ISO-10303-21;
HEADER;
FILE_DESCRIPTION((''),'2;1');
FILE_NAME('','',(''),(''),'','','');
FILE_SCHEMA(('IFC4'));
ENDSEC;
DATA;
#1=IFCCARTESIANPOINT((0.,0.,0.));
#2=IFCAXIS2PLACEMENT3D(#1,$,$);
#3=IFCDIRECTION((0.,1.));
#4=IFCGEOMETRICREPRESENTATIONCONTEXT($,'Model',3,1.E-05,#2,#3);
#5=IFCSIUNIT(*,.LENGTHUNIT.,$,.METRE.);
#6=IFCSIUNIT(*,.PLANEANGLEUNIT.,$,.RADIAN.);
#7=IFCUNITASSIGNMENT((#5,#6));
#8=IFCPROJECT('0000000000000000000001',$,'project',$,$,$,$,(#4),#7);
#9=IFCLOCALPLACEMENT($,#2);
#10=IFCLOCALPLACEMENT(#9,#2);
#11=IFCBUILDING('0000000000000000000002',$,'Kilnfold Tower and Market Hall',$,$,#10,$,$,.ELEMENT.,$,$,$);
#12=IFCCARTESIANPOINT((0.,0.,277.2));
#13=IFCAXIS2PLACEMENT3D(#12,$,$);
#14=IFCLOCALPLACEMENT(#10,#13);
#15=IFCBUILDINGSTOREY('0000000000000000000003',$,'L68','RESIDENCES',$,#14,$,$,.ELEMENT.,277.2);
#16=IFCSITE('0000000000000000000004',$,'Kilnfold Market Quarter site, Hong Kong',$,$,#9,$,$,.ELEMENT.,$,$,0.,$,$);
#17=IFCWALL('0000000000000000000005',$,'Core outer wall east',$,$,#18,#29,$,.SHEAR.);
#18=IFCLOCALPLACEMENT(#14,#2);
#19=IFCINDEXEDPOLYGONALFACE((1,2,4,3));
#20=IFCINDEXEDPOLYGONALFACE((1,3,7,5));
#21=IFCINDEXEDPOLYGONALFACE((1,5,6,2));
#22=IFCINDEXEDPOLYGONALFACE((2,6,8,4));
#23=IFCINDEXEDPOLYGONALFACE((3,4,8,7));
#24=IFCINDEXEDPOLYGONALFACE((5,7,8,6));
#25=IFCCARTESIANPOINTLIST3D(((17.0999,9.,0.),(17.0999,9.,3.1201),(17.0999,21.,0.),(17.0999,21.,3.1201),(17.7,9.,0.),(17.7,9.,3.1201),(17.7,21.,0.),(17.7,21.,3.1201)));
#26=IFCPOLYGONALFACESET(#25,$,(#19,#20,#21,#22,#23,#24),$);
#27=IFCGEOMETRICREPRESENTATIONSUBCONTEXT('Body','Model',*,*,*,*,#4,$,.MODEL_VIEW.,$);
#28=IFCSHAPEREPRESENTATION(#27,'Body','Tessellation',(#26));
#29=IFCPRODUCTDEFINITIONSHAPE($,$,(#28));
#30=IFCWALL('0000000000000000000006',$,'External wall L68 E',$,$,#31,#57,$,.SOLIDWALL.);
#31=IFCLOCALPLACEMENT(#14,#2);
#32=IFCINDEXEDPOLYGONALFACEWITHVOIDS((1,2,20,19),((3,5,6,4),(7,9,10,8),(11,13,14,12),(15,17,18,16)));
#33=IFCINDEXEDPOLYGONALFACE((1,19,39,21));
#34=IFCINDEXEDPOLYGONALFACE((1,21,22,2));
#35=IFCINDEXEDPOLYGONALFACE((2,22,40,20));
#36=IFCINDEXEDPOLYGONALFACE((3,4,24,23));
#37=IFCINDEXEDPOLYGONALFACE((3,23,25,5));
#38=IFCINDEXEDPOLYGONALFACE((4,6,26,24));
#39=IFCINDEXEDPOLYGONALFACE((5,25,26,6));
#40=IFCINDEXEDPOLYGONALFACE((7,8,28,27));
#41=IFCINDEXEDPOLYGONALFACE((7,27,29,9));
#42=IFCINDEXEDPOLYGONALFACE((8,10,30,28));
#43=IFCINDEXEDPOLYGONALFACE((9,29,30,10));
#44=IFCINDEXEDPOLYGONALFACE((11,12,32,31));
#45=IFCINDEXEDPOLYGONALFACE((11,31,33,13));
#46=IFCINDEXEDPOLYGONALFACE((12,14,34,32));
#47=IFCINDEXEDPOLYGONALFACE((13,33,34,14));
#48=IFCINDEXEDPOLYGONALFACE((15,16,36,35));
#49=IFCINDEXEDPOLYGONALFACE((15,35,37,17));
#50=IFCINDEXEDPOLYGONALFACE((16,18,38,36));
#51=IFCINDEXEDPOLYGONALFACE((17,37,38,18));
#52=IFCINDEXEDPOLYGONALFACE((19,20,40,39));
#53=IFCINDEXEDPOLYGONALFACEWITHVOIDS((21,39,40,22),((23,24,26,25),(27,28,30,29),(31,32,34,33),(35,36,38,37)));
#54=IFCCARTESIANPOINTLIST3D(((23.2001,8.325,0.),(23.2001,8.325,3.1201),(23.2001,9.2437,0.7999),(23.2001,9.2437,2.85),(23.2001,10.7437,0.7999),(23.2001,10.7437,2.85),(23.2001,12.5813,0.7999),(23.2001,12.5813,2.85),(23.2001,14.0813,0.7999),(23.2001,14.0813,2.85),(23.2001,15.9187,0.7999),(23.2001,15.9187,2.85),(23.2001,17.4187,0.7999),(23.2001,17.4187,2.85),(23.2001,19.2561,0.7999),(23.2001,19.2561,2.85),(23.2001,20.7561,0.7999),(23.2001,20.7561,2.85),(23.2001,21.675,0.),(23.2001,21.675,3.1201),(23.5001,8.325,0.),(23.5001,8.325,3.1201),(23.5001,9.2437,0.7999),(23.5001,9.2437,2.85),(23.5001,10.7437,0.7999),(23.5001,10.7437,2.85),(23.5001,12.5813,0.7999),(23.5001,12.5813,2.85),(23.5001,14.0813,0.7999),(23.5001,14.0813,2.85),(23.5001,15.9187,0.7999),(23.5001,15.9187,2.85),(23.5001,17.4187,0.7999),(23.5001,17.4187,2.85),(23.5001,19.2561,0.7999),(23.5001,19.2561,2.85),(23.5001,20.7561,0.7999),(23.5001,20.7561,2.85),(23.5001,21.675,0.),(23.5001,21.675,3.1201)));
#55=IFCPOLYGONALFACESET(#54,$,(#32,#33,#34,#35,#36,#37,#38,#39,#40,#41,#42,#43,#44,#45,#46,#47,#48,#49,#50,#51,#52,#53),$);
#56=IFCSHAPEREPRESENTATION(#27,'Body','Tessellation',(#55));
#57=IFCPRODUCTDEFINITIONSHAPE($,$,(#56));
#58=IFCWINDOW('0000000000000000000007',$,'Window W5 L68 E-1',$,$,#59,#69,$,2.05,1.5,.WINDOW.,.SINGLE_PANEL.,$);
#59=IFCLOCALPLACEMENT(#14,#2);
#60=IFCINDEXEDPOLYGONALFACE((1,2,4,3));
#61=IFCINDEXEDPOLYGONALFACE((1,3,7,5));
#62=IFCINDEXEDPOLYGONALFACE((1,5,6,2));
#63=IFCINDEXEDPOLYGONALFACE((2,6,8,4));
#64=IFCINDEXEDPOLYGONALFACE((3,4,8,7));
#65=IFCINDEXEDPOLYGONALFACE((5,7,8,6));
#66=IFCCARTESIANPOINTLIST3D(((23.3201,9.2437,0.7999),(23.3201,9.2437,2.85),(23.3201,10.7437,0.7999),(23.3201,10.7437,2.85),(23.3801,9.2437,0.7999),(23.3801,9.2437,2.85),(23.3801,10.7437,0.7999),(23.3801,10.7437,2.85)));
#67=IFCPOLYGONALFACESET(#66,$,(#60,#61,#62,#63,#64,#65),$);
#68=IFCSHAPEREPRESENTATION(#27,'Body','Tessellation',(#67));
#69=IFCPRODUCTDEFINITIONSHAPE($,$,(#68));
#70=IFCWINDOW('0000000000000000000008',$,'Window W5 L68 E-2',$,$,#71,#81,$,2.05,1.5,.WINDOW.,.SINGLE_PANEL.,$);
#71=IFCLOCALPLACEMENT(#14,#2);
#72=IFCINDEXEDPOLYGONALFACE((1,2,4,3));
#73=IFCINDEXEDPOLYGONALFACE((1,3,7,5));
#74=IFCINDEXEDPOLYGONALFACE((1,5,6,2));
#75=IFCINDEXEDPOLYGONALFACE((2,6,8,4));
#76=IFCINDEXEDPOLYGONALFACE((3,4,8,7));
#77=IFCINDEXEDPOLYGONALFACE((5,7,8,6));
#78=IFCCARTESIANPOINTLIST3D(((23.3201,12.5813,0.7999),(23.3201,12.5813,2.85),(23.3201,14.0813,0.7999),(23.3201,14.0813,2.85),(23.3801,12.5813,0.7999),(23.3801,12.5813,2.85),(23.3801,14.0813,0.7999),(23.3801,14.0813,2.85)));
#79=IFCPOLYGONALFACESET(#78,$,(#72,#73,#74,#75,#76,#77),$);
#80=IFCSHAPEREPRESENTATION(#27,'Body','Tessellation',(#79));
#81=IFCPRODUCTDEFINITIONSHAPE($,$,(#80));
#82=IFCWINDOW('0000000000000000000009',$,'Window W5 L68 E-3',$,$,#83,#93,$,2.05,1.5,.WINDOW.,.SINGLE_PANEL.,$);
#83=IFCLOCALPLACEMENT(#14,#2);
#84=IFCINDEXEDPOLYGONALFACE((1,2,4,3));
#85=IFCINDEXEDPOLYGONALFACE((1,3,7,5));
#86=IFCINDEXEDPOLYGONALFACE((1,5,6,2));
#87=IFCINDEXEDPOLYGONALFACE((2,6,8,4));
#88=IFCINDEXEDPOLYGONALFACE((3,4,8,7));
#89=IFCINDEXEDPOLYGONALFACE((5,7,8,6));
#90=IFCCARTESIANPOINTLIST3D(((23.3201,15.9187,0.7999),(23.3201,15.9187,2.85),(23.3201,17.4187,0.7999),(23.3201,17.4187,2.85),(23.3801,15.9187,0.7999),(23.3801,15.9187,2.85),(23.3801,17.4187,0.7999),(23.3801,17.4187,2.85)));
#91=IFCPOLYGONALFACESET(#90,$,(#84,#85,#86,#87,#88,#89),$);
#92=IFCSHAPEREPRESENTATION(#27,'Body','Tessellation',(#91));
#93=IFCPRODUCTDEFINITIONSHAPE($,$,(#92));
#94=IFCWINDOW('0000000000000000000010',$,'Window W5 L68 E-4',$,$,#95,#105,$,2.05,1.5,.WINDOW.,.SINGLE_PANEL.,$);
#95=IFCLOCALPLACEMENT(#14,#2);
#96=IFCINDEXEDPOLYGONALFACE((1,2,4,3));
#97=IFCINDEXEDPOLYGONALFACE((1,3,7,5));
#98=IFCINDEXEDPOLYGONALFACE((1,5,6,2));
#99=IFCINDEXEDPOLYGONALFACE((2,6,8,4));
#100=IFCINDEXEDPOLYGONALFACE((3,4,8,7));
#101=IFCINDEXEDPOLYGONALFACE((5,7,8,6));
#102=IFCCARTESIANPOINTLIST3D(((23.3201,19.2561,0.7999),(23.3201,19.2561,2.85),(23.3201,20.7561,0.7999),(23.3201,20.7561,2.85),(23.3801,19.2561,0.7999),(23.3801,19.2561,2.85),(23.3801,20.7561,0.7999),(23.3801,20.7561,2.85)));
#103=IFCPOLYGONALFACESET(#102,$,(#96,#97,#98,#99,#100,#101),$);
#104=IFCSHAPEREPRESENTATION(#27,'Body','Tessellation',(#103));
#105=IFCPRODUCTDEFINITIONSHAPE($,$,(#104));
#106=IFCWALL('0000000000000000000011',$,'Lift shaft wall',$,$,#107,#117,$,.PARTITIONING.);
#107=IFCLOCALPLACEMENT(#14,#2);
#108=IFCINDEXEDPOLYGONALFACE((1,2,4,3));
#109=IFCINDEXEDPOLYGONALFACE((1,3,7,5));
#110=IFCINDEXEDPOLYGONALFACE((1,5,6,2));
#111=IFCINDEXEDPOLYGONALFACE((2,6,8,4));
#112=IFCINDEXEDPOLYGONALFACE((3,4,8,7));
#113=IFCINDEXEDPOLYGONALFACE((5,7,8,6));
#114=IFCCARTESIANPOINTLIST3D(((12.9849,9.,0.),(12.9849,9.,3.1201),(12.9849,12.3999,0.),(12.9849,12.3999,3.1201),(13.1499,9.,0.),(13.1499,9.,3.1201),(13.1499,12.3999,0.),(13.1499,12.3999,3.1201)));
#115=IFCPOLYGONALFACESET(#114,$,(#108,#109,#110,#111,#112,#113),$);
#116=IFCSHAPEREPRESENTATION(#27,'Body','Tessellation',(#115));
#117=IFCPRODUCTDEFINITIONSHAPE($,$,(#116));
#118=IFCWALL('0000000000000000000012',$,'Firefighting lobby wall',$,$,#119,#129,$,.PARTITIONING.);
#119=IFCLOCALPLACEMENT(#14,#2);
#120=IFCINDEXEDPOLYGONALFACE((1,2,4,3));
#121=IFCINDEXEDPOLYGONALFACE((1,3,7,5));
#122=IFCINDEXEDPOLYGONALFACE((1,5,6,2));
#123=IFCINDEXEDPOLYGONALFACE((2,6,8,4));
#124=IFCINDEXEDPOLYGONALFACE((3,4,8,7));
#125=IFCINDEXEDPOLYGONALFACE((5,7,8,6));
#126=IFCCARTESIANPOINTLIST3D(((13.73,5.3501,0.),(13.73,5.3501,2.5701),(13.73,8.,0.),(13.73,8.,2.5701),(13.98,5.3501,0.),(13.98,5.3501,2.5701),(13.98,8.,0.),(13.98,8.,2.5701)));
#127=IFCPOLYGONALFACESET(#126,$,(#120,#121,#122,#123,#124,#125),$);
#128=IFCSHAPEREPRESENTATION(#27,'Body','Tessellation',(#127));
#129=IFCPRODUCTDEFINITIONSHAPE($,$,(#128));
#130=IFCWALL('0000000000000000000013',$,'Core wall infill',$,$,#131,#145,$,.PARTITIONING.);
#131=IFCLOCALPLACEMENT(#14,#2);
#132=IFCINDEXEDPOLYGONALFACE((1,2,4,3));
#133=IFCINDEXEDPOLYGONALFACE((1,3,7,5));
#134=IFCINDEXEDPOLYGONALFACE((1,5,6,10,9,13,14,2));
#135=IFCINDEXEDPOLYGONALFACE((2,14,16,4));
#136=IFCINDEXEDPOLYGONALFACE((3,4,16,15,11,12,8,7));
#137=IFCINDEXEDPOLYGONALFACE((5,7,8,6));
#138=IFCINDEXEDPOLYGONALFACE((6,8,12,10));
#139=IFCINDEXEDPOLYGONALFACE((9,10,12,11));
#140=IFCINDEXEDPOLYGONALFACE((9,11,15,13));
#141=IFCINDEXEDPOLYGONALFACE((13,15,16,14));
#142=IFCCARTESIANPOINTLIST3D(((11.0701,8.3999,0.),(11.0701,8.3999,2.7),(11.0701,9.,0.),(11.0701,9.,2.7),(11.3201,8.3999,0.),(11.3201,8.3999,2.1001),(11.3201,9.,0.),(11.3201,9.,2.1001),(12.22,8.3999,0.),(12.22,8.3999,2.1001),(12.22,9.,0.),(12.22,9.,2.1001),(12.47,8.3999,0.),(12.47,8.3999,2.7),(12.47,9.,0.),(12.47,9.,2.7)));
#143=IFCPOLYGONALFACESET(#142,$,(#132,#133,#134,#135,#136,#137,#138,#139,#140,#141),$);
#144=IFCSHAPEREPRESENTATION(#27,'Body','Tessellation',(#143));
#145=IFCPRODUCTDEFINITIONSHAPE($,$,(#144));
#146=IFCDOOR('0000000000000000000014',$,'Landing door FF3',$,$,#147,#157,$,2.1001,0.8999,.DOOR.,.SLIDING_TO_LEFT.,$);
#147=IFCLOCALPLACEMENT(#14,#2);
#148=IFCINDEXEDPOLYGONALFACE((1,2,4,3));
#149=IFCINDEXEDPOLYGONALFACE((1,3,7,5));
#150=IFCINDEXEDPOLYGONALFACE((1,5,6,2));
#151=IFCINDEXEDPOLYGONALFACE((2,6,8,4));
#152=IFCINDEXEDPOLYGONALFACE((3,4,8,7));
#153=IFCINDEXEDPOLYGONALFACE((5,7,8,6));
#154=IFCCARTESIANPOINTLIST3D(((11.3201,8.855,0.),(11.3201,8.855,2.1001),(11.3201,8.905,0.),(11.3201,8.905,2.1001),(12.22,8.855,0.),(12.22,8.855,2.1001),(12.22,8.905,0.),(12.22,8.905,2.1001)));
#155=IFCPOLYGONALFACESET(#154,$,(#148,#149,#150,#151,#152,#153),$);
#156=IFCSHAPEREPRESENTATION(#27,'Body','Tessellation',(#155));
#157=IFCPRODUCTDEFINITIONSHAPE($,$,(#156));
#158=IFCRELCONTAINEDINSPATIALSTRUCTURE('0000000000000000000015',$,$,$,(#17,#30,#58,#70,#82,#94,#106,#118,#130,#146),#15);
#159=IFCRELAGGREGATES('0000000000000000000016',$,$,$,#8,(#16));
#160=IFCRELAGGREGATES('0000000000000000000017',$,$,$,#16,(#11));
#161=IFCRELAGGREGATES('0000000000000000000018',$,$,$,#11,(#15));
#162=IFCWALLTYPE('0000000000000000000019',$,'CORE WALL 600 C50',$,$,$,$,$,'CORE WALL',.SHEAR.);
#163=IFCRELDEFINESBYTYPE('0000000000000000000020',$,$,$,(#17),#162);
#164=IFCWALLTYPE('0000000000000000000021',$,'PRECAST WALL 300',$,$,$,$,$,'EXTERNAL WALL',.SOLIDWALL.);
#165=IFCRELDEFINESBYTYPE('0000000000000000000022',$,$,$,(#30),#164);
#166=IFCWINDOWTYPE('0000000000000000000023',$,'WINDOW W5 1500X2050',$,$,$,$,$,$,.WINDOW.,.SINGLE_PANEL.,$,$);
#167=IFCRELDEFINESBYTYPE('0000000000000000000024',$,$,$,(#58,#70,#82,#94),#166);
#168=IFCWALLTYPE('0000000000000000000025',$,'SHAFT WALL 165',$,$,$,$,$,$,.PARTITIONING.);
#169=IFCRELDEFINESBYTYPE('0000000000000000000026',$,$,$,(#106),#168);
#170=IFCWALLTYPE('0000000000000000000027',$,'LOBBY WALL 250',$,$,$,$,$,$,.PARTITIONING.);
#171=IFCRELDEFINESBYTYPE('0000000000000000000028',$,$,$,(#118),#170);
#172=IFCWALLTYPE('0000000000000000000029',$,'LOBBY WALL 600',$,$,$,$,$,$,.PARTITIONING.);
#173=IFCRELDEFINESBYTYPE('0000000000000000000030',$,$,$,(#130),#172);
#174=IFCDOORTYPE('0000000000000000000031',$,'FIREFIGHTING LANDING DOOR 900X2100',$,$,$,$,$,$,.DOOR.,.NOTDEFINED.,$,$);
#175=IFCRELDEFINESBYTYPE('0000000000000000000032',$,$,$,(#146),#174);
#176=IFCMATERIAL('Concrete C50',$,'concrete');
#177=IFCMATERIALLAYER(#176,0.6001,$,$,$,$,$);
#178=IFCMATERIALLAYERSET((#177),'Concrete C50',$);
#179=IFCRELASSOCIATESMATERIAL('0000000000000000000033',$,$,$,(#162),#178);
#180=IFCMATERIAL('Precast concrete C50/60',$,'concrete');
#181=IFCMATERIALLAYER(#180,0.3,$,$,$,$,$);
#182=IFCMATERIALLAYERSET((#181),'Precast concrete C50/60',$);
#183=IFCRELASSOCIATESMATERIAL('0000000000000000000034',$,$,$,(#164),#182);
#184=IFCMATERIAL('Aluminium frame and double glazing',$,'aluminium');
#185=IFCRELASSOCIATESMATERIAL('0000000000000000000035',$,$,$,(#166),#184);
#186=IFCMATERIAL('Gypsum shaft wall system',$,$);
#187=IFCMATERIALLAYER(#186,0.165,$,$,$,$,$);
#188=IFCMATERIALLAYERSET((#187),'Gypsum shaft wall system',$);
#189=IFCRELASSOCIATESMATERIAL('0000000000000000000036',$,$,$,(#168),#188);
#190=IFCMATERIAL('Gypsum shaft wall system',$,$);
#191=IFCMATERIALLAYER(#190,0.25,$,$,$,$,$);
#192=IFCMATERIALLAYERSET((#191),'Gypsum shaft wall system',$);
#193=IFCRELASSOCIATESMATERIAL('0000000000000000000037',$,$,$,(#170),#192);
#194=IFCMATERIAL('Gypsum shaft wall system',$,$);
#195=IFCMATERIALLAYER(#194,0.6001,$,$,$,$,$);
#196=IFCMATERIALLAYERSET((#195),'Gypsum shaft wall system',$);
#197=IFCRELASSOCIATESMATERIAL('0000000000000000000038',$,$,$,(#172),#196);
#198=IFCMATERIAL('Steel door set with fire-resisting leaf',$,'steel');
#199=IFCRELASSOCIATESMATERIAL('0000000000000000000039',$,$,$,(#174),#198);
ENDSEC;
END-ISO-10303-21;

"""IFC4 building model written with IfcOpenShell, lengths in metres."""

from ifc_helpers import new_model, si_unit, direction, frame, frame_2d, origin, place, context, subcontext, project, spatial, rectangle, extrude, source, transform, mapped, material, layer, layer_set, type_object, element, fill, save


model = new_model("IFC4")

# Units and contexts
model_context = context("Model", 3, precision=1e-05, world=origin(), true_north=direction((0.0, 1.0)))
body_context = subcontext(model_context, "Body", "Model", "MODEL_VIEW")
ifc_project = project(units=[si_unit("LENGTHUNIT", "METRE"), si_unit("PLANEANGLEUNIT", "RADIAN")], contexts=[model_context])

# Site, building, storey
site_placement = place(None, origin())
site = spatial("IfcSite", under=ifc_project, at=site_placement, Name="Kilnfold Market Quarter site, Hong Kong", CompositionType="ELEMENT", RefElevation=0.0)
building_placement = place(site_placement, origin())
building = spatial("IfcBuilding", under=site, at=building_placement, Name="Kilnfold Tower and Market Hall", CompositionType="ELEMENT")
storey_placement = place(building_placement, frame((0.0, 0.0, 277.2)))
storey = spatial("IfcBuildingStorey", under=building, at=storey_placement, Name="L68", Description="RESIDENCES", CompositionType="ELEMENT", Elevation=277.2)

# Shared definitions
ifc_material_1 = material(Name="Concrete C50", Category="concrete")
ifc_layer_1 = layer(ifc_material_1, 0.6001)
ifc_layer_set_1 = layer_set([ifc_layer_1], Name="Concrete C50")
wall_type_1 = type_object("IfcWallType", Name="CORE WALL 600 C50", ElementType="CORE WALL", PredefinedType="SHEAR", material=ifc_layer_set_1)

# Wall
shared_shape_1 = source(origin(), body_context, "Body", "SweptSolid", [
    extrude(rectangle(XDim=12.0, YDim=0.6001, at=frame_2d((6.0, 0.0))), origin(), (0.0, 0.0, 1.0), 3.1201),
])
wall_1_placement = place(storey_placement, frame((17.3999, 9.0, 0.0), z_axis=(0.0, 0.0, 1.0), x_axis=(0.0, 1.0, 0.0)))
element("IfcWall", 1, at=wall_1_placement, inside=storey, type_object=wall_type_1, Name="Core outer wall east", PredefinedType="SHEAR", context=body_context, shape_type="MappedRepresentation", body=[
    mapped(shared_shape_1, transform((0.0, 0.0, 0.0))),
])

# Wall, openings, windows
ifc_material_2 = material(Name="Precast concrete C50/60", Category="concrete")
ifc_layer_2 = layer(ifc_material_2, 0.3)
ifc_layer_set_2 = layer_set([ifc_layer_2], Name="Precast concrete C50/60")
wall_type_2 = type_object("IfcWallType", Name="PRECAST WALL 300", ElementType="EXTERNAL WALL", PredefinedType="SOLIDWALL", material=ifc_layer_set_2)
shared_shape_2 = source(origin(), body_context, "Body", "SweptSolid", [
    extrude(rectangle(XDim=13.3501, YDim=0.3, at=frame_2d((6.675, 0.0))), origin(), (0.0, 0.0, 1.0), 3.1201),
])
wall_2_placement = place(storey_placement, frame((23.3501, 8.325, 0.0), z_axis=(0.0, 0.0, 1.0), x_axis=(0.0, 1.0, 0.0)))
wall_2 = element("IfcWall", 2, at=wall_2_placement, inside=storey, type_object=wall_type_2, Name="External wall L68 E", PredefinedType="SOLIDWALL", context=body_context, shape_type="MappedRepresentation", body=[
    mapped(shared_shape_2, transform((0.0, 0.0, 0.0))),
])
opening_1_placement = place(wall_2_placement, frame((0.9187, 0.0, 0.8)))
opening_1 = element("IfcOpeningElement", 3, at=opening_1_placement, cuts=wall_2, PredefinedType="OPENING", context=body_context, shape_type="SweptSolid", body=[
    extrude(rectangle(XDim=1.5, YDim=2.05, at=frame_2d((0.75, 1.0249))), frame((0.0, 0.1602, 0.0), z_axis=(0.0, -1.0, 0.0), x_axis=(1.0, 0.0, 0.0)), (0.0, 0.0, 1.0), 0.3201),
])
opening_2_placement = place(wall_2_placement, frame((4.2563, 0.0, 0.8)))
opening_2 = element("IfcOpeningElement", 4, at=opening_2_placement, cuts=wall_2, PredefinedType="OPENING", context=body_context, shape_type="SweptSolid", body=[
    extrude(rectangle(XDim=1.5, YDim=2.05, at=frame_2d((0.75, 1.0249))), frame((0.0, 0.1602, 0.0), z_axis=(0.0, -1.0, 0.0), x_axis=(1.0, 0.0, 0.0)), (0.0, 0.0, 1.0), 0.3201),
])
opening_3_placement = place(wall_2_placement, frame((7.5938, 0.0, 0.8)))
opening_3 = element("IfcOpeningElement", 5, at=opening_3_placement, cuts=wall_2, PredefinedType="OPENING", context=body_context, shape_type="SweptSolid", body=[
    extrude(rectangle(XDim=1.5, YDim=2.05, at=frame_2d((0.75, 1.0249))), frame((0.0, 0.1602, 0.0), z_axis=(0.0, -1.0, 0.0), x_axis=(1.0, 0.0, 0.0)), (0.0, 0.0, 1.0), 0.3201),
])
opening_4_placement = place(wall_2_placement, frame((10.9312, 0.0, 0.8)))
opening_4 = element("IfcOpeningElement", 6, at=opening_4_placement, cuts=wall_2, PredefinedType="OPENING", context=body_context, shape_type="SweptSolid", body=[
    extrude(rectangle(XDim=1.5, YDim=2.05, at=frame_2d((0.75, 1.0249))), frame((0.0, 0.1602, 0.0), z_axis=(0.0, -1.0, 0.0), x_axis=(1.0, 0.0, 0.0)), (0.0, 0.0, 1.0), 0.3201),
])
ifc_material_3 = material(Name="Aluminium frame and double glazing", Category="aluminium")
window_type = type_object("IfcWindowType", Name="WINDOW W5 1500X2050", PartitioningType="SINGLE_PANEL", PredefinedType="WINDOW", material=ifc_material_3)
window_1_placement = place(opening_1_placement, origin())
window_1 = element("IfcWindow", 7, at=window_1_placement, inside=storey, type_object=window_type, Name="Window W5 L68 E-1", OverallHeight=2.05, OverallWidth=1.5, PartitioningType="SINGLE_PANEL", PredefinedType="WINDOW", context=body_context, shape_type="SweptSolid", body=[
    extrude(rectangle(XDim=1.5, YDim=2.05, at=frame_2d((0.75, 1.0249))), frame((0.0, 0.03, 0.0), z_axis=(0.0, -1.0, 0.0), x_axis=(1.0, 0.0, 0.0)), (0.0, 0.0, 1.0), 0.0601),
])
fill(opening_1, window_1)
window_2_placement = place(opening_2_placement, origin())
window_2 = element("IfcWindow", 8, at=window_2_placement, inside=storey, type_object=window_type, Name="Window W5 L68 E-2", OverallHeight=2.05, OverallWidth=1.5, PartitioningType="SINGLE_PANEL", PredefinedType="WINDOW", context=body_context, shape_type="SweptSolid", body=[
    extrude(rectangle(XDim=1.5, YDim=2.05, at=frame_2d((0.75, 1.0249))), frame((0.0, 0.03, 0.0), z_axis=(0.0, -1.0, 0.0), x_axis=(1.0, 0.0, 0.0)), (0.0, 0.0, 1.0), 0.0601),
])
fill(opening_2, window_2)
window_3_placement = place(opening_3_placement, origin())
window_3 = element("IfcWindow", 9, at=window_3_placement, inside=storey, type_object=window_type, Name="Window W5 L68 E-3", OverallHeight=2.05, OverallWidth=1.5, PartitioningType="SINGLE_PANEL", PredefinedType="WINDOW", context=body_context, shape_type="SweptSolid", body=[
    extrude(rectangle(XDim=1.5, YDim=2.05, at=frame_2d((0.75, 1.0249))), frame((0.0, 0.03, 0.0), z_axis=(0.0, -1.0, 0.0), x_axis=(1.0, 0.0, 0.0)), (0.0, 0.0, 1.0), 0.0601),
])
fill(opening_3, window_3)
window_4_placement = place(opening_4_placement, origin())
window_4 = element("IfcWindow", 10, at=window_4_placement, inside=storey, type_object=window_type, Name="Window W5 L68 E-4", OverallHeight=2.05, OverallWidth=1.5, PartitioningType="SINGLE_PANEL", PredefinedType="WINDOW", context=body_context, shape_type="SweptSolid", body=[
    extrude(rectangle(XDim=1.5, YDim=2.05, at=frame_2d((0.75, 1.0249))), frame((0.0, 0.03, 0.0), z_axis=(0.0, -1.0, 0.0), x_axis=(1.0, 0.0, 0.0)), (0.0, 0.0, 1.0), 0.0601),
])
fill(opening_4, window_4)

# Walls
ifc_material_4 = material(Name="Gypsum shaft wall system")
ifc_layer_3 = layer(ifc_material_4, 0.165)
ifc_layer_set_3 = layer_set([ifc_layer_3], Name="Gypsum shaft wall system")
wall_type_3 = type_object("IfcWallType", Name="SHAFT WALL 165", PredefinedType="PARTITIONING", material=ifc_layer_set_3)
shared_shape_3 = source(origin(), body_context, "Body", "SweptSolid", [
    extrude(rectangle(XDim=3.3999, YDim=0.165, at=frame_2d((1.7, 0.0))), origin(), (0.0, 0.0, 1.0), 3.1201),
])
wall_3_placement = place(storey_placement, frame((13.0674, 9.0, 0.0), z_axis=(0.0, 0.0, 1.0), x_axis=(0.0, 1.0, 0.0)))
element("IfcWall", 11, at=wall_3_placement, inside=storey, type_object=wall_type_3, Name="Lift shaft wall", PredefinedType="PARTITIONING", context=body_context, shape_type="MappedRepresentation", body=[
    mapped(shared_shape_3, transform((0.0, 0.0, 0.0))),
])
ifc_material_5 = material(Name="Gypsum shaft wall system")
ifc_layer_4 = layer(ifc_material_5, 0.25)
ifc_layer_set_4 = layer_set([ifc_layer_4], Name="Gypsum shaft wall system")
wall_type_4 = type_object("IfcWallType", Name="LOBBY WALL 250", PredefinedType="PARTITIONING", material=ifc_layer_set_4)
shared_shape_4 = source(origin(), body_context, "Body", "SweptSolid", [
    extrude(rectangle(XDim=2.6499, YDim=0.25, at=frame_2d((1.325, 0.0))), origin(), (0.0, 0.0, 1.0), 2.5701),
])
wall_4_placement = place(storey_placement, frame((13.855, 5.3501, 0.0), z_axis=(0.0, 0.0, 1.0), x_axis=(0.0, 1.0, 0.0)))
element("IfcWall", 12, at=wall_4_placement, inside=storey, type_object=wall_type_4, Name="Firefighting lobby wall", PredefinedType="PARTITIONING", context=body_context, shape_type="MappedRepresentation", body=[
    mapped(shared_shape_4, transform((0.0, 0.0, 0.0))),
])

# Wall, opening, door
ifc_material_6 = material(Name="Gypsum shaft wall system")
ifc_layer_5 = layer(ifc_material_6, 0.6001)
ifc_layer_set_5 = layer_set([ifc_layer_5], Name="Gypsum shaft wall system")
wall_type_5 = type_object("IfcWallType", Name="LOBBY WALL 600", PredefinedType="PARTITIONING", material=ifc_layer_set_5)
shared_shape_5 = source(origin(), body_context, "Body", "SweptSolid", [
    extrude(rectangle(XDim=1.3999, YDim=0.6001, at=frame_2d((0.7, 0.0))), origin(), (0.0, 0.0, 1.0), 2.7),
])
wall_5_placement = place(storey_placement, frame((11.0701, 8.7, 0.0), z_axis=(0.0, 0.0, 1.0), x_axis=(1.0, 0.0, 0.0)))
wall_5 = element("IfcWall", 13, at=wall_5_placement, inside=storey, type_object=wall_type_5, Name="Core wall infill", PredefinedType="PARTITIONING", context=body_context, shape_type="MappedRepresentation", body=[
    mapped(shared_shape_5, transform((0.0, 0.0, 0.0))),
])
opening_5_placement = place(wall_5_placement, frame((0.25, 0.0, 0.0)))
opening_5 = element("IfcOpeningElement", 14, at=opening_5_placement, cuts=wall_5, PredefinedType="OPENING", context=body_context, shape_type="SweptSolid", body=[
    extrude(rectangle(XDim=0.8999, YDim=2.1001, at=frame_2d((0.45, 1.05))), frame((0.0, 0.3101, 0.0), z_axis=(0.0, -1.0, 0.0), x_axis=(1.0, 0.0, 0.0)), (0.0, 0.0, 1.0), 0.6201),
])
ifc_material_7 = material(Name="Steel door set with fire-resisting leaf", Category="steel")
door_type_1 = type_object("IfcDoorType", Name="FIREFIGHTING LANDING DOOR 900X2100", OperationType="NOTDEFINED", PredefinedType="DOOR", material=ifc_material_7)
door_1_placement = place(opening_5_placement, origin())
door_1 = element("IfcDoor", 15, at=door_1_placement, inside=storey, type_object=door_type_1, Name="Landing door FF3", OperationType="SLIDING_TO_LEFT", OverallHeight=2.1001, OverallWidth=0.8999, PredefinedType="DOOR", context=body_context, shape_type="SweptSolid", body=[
    extrude(rectangle(XDim=0.8999, YDim=2.1001, at=frame_2d((0.45, 1.05))), frame((0.0, 0.2051, 0.0), z_axis=(0.0, -1.0, 0.0), x_axis=(1.0, 0.0, 0.0)), (0.0, 0.0, 1.0), 0.05),
])
fill(opening_5, door_1)

save(model, "model.ifc")
